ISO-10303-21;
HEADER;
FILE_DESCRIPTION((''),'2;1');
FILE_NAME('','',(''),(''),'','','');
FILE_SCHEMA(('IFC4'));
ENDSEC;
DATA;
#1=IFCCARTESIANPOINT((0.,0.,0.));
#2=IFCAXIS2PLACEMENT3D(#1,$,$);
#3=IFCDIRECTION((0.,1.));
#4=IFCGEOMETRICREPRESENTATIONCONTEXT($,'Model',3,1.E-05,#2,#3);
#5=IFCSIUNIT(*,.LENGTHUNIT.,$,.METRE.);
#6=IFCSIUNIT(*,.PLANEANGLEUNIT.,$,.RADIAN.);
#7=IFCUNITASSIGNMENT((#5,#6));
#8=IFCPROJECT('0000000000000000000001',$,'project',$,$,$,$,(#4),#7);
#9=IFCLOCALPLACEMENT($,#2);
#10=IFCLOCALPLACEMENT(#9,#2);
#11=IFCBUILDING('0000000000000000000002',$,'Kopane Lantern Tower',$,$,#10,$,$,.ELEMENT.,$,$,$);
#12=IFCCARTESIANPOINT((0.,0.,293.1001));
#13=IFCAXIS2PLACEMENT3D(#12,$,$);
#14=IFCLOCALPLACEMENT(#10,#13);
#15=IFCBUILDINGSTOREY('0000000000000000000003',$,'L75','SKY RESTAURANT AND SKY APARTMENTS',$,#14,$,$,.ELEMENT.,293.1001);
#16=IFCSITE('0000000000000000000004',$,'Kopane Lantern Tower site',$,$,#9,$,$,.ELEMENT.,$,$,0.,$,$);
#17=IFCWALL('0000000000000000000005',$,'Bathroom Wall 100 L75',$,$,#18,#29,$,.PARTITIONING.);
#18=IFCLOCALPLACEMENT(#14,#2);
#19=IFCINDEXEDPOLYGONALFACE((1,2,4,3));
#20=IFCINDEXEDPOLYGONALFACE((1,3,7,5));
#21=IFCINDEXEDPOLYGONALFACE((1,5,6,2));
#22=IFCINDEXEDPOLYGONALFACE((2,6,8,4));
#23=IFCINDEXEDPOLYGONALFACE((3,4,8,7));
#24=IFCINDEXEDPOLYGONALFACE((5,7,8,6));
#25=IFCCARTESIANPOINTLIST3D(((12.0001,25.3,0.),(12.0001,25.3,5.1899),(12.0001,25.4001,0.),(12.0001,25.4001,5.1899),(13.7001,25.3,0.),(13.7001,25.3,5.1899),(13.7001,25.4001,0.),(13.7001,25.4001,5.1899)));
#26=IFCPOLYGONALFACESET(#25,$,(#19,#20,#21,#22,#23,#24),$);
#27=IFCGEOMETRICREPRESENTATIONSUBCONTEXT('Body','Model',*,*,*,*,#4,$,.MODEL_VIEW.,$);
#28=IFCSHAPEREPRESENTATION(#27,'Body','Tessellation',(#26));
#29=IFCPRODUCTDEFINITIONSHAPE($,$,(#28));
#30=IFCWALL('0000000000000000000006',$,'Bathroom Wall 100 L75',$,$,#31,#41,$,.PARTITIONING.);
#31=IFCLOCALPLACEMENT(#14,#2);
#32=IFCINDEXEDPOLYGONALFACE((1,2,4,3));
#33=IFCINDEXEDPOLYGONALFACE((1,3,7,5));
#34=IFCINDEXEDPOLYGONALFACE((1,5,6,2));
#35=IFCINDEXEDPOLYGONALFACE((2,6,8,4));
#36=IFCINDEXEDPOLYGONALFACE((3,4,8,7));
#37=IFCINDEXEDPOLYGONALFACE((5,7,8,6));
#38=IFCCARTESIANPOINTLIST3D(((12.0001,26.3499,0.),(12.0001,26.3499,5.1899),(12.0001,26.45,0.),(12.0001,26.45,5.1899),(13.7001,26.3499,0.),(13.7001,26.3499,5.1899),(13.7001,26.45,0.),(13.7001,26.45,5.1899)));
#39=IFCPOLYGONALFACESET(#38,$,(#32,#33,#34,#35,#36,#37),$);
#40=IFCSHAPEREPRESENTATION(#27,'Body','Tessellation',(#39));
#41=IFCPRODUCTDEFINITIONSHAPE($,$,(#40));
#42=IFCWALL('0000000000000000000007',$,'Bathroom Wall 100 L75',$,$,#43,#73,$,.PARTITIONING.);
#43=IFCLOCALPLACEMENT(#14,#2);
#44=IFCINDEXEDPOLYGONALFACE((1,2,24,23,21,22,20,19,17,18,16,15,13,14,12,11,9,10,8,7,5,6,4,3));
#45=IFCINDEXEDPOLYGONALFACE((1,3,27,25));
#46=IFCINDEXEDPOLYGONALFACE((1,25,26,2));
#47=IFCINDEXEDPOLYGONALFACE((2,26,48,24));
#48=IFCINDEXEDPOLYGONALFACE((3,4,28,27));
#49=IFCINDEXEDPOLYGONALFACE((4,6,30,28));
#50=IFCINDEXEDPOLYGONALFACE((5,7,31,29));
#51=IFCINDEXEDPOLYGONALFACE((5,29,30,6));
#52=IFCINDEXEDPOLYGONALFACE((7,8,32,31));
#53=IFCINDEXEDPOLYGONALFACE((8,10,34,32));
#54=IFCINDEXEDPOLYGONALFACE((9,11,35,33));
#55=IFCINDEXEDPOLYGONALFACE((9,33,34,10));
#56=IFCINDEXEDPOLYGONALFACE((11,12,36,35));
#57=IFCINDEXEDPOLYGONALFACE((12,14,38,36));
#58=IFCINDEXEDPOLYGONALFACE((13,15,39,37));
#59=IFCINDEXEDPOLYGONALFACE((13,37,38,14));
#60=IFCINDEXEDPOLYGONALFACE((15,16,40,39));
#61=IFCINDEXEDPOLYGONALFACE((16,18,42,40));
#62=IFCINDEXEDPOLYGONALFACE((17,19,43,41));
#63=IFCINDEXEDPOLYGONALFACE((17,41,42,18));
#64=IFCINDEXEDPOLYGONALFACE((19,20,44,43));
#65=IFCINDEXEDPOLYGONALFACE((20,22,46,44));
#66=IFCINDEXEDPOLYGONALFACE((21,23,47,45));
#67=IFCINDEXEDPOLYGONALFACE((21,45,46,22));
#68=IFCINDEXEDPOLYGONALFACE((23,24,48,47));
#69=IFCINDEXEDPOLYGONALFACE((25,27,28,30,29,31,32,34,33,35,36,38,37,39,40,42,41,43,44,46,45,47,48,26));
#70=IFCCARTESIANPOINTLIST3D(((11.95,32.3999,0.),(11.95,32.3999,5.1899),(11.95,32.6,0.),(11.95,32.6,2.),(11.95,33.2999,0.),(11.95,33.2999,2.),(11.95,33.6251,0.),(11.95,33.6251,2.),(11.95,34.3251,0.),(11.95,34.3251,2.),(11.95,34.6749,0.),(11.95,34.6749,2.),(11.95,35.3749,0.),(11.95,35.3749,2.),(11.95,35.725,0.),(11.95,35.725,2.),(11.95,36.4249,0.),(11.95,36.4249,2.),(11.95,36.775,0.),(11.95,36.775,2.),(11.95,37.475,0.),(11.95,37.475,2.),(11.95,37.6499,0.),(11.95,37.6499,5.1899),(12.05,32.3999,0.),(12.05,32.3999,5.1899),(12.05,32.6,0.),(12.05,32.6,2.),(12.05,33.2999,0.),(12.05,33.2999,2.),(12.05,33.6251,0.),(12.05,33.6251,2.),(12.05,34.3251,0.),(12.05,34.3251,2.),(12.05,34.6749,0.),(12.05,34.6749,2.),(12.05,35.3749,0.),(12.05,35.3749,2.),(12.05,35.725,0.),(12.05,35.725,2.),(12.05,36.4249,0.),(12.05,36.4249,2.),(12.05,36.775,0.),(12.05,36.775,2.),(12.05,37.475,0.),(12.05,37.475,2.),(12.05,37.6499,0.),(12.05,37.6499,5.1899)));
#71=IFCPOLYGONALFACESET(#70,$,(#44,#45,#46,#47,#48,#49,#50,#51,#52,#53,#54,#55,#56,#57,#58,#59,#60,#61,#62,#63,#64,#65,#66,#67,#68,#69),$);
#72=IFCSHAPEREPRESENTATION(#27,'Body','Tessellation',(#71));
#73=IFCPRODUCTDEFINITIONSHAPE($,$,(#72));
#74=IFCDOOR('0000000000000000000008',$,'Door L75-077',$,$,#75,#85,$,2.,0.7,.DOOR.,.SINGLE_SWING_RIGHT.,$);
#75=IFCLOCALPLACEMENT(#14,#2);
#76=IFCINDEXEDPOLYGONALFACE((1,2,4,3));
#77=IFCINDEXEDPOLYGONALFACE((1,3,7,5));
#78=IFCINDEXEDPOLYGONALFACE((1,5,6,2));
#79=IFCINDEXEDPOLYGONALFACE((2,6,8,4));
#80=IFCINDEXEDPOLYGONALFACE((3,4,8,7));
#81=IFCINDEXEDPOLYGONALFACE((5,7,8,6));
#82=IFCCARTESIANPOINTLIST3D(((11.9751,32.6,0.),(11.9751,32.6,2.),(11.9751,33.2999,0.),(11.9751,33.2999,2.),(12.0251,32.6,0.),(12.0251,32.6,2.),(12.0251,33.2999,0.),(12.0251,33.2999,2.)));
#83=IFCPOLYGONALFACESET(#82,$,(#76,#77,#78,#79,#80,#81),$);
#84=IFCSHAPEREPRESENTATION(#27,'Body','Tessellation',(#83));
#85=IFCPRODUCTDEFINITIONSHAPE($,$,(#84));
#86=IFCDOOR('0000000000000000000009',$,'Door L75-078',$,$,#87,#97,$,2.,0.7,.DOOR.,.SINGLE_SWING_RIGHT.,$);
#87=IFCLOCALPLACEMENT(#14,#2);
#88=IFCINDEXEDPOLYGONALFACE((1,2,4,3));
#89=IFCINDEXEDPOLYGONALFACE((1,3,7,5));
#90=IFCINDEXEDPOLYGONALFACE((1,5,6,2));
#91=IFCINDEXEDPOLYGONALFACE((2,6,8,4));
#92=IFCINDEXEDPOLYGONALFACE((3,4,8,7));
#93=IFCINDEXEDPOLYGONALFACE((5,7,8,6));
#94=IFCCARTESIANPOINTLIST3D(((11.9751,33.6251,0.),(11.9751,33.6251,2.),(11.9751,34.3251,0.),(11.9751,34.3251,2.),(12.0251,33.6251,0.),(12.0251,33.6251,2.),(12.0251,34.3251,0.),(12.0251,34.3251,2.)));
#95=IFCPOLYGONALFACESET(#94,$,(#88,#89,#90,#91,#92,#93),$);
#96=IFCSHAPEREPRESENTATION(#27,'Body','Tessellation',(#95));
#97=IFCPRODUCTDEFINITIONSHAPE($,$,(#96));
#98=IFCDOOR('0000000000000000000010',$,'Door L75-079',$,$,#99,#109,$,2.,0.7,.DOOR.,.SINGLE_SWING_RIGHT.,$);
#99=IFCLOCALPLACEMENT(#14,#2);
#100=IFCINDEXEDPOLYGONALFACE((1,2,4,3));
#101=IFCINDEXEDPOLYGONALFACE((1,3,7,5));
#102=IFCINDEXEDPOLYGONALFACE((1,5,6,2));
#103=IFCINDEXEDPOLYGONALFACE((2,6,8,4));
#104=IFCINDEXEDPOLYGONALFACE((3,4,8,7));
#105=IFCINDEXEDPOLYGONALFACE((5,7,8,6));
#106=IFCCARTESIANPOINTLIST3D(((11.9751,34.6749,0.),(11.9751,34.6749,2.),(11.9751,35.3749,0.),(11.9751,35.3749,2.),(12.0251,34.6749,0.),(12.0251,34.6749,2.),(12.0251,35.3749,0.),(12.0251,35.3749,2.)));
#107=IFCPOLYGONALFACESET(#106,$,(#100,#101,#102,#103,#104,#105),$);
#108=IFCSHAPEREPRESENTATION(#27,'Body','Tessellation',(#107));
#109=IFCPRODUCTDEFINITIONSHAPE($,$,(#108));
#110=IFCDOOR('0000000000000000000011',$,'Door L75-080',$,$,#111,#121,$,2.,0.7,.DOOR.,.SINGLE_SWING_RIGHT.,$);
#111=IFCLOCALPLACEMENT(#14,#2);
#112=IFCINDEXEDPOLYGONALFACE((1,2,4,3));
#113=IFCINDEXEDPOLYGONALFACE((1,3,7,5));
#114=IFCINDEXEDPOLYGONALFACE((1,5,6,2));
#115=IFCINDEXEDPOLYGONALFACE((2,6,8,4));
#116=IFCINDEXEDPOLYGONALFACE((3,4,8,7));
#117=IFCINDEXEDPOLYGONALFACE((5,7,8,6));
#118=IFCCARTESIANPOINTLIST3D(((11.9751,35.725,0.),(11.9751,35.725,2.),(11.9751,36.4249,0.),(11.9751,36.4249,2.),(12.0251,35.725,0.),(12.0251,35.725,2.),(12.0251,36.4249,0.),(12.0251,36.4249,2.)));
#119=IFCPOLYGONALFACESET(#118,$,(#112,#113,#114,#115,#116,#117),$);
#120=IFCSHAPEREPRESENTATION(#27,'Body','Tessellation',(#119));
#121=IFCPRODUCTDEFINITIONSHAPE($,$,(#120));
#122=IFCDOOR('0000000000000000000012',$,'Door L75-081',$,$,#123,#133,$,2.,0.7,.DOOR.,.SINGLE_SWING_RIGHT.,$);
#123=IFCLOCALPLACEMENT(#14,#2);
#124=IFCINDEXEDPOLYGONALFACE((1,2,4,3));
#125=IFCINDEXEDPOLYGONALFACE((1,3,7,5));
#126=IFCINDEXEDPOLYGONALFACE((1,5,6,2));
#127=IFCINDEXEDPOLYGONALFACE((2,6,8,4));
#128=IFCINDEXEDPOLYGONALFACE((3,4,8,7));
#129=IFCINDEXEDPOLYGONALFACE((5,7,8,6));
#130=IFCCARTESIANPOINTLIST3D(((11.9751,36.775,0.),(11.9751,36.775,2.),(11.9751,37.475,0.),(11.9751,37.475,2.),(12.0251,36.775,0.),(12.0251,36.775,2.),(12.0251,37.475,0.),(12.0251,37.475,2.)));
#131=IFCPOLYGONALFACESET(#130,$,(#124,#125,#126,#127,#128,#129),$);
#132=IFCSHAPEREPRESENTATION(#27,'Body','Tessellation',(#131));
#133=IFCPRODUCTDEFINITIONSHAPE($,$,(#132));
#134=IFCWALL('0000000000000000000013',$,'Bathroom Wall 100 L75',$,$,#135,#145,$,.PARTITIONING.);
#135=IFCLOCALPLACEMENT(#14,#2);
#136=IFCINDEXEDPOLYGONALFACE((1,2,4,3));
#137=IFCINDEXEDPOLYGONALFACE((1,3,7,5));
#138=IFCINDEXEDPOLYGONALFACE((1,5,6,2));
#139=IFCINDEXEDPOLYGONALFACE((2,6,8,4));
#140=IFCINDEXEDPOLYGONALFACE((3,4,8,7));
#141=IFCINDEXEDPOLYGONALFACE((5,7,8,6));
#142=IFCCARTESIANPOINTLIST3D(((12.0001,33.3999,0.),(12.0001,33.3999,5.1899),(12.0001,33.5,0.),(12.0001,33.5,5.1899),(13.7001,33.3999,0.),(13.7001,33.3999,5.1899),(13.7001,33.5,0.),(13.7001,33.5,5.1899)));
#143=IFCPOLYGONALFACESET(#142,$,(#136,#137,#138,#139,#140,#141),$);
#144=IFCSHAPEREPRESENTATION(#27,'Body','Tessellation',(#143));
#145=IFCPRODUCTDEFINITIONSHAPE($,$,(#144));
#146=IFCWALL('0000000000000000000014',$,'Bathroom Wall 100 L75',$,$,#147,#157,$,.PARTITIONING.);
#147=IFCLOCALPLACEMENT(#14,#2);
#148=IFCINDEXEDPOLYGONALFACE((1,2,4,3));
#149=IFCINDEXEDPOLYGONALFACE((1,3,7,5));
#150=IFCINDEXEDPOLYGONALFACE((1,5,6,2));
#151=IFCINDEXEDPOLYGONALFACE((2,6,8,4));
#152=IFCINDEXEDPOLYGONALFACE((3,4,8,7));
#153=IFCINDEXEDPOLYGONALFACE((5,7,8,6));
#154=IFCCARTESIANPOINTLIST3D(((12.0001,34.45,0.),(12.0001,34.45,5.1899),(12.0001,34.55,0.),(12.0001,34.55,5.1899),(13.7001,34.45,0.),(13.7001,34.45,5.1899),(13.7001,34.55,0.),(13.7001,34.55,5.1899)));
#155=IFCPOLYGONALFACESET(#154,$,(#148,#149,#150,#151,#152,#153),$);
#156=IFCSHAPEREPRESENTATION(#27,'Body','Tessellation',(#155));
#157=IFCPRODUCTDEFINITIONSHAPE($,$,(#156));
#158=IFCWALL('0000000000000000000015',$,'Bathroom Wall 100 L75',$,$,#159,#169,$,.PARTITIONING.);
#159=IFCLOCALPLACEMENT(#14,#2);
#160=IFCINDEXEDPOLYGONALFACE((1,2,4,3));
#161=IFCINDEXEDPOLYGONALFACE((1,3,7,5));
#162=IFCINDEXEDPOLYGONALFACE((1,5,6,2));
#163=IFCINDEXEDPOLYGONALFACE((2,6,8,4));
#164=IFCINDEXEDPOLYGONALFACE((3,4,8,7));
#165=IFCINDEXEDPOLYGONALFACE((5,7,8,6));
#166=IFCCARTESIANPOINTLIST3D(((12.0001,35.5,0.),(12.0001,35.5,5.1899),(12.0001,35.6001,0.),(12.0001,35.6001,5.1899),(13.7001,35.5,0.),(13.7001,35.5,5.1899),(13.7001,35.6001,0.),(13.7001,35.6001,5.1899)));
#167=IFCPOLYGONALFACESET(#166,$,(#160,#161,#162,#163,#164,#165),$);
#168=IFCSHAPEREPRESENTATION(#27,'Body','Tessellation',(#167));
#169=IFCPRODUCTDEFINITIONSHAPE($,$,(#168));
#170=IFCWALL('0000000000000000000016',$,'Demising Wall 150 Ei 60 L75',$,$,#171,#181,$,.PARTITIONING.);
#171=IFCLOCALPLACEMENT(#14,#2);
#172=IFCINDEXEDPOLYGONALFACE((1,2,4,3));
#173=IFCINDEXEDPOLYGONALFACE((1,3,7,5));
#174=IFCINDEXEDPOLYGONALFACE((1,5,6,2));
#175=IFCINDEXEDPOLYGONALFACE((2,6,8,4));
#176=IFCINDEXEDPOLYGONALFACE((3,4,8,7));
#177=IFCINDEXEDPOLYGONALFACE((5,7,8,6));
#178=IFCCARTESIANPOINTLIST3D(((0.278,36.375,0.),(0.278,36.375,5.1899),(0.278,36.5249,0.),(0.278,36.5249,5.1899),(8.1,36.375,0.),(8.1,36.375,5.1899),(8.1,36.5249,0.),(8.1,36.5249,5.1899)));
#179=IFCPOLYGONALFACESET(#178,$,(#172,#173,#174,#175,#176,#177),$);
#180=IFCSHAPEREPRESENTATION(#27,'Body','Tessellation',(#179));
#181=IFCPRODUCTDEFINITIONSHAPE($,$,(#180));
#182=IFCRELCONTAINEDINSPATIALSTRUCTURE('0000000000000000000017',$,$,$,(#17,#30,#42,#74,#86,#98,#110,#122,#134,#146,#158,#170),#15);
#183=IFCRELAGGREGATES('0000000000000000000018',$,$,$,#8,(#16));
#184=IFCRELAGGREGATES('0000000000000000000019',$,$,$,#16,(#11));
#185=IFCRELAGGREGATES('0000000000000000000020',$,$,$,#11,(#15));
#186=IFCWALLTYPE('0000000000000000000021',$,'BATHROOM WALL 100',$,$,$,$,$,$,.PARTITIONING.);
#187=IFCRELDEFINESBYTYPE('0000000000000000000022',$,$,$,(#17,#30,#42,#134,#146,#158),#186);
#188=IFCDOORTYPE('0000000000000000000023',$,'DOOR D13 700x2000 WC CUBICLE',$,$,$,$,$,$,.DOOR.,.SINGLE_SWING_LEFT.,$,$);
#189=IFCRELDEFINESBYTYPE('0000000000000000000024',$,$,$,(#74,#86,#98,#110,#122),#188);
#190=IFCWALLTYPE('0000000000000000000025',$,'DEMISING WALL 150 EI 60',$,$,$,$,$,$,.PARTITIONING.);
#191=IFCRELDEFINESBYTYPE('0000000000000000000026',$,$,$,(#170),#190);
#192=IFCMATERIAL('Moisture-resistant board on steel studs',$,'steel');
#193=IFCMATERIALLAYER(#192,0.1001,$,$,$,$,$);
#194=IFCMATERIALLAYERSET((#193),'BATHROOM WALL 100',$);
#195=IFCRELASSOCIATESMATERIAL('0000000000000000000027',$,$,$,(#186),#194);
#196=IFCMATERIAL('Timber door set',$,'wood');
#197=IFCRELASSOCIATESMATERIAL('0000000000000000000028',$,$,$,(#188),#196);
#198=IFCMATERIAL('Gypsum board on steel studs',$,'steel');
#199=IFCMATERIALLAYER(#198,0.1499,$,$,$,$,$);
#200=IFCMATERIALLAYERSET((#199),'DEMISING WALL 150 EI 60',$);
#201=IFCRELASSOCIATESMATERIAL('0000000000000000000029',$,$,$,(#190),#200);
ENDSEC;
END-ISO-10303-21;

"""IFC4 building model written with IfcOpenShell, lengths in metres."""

from ifc_helpers import new_model, si_unit, direction, frame, frame_2d, origin, place, context, subcontext, project, spatial, rectangle, extrude, material, layer, layer_set, type_object, element, fill, save


model = new_model("IFC4")

# Units and contexts
model_context = context("Model", 3, precision=1e-05, world=origin(), true_north=direction((0.0, 1.0)))
body_context = subcontext(model_context, "Body", "Model", "MODEL_VIEW")
ifc_project = project(units=[si_unit("LENGTHUNIT", "METRE"), si_unit("PLANEANGLEUNIT", "RADIAN")], contexts=[model_context])

# Site, building, storey
site_placement = place(None, origin())
site = spatial("IfcSite", under=ifc_project, at=site_placement, Name="Kopane Lantern Tower site", CompositionType="ELEMENT", RefElevation=0.0)
building_placement = place(site_placement, origin())
building = spatial("IfcBuilding", under=site, at=building_placement, Name="Kopane Lantern Tower", CompositionType="ELEMENT")
storey_placement = place(building_placement, frame((0.0, 0.0, 293.1001)))
storey = spatial("IfcBuildingStorey", under=building, at=storey_placement, Name="L75", Description="SKY RESTAURANT AND SKY APARTMENTS", CompositionType="ELEMENT", Elevation=293.1001)

# Shared definitions
ifc_material_1 = material(Name="Moisture-resistant board on steel studs", Category="steel")
ifc_layer_1 = layer(ifc_material_1, 0.1001)
ifc_layer_set_1 = layer_set([ifc_layer_1], Name="BATHROOM WALL 100")
wall_type_1 = type_object("IfcWallType", Name="BATHROOM WALL 100", PredefinedType="PARTITIONING", material=ifc_layer_set_1)

# Walls
for number, where, z_axis, x_axis, name in (
    (1, (12.0, 25.3501, 0.0), (0.0, 0.0, 1.0), (1.0, 0.0, 0.0), "Bathroom Wall 100 L75"),
    (2, (12.0, 26.3999, 0.0), (0.0, 0.0, 1.0), (1.0, 0.0, 0.0), "Bathroom Wall 100 L75"),
):
    element("IfcWall", number, at=place(storey_placement, frame(where, z_axis=z_axis, x_axis=x_axis)), inside=storey, type_object=wall_type_1, Name=name, PredefinedType="PARTITIONING", context=body_context, shape_type="SweptSolid", body=[
        extrude(rectangle(XDim=1.7, YDim=0.1001, at=frame_2d((0.8501, 0.0))), origin(), (0.0, 0.0, 1.0), 5.1899),
    ])

# Wall, openings, doors
wall_1_placement = place(storey_placement, frame((12.0, 32.3999, 0.0), z_axis=(0.0, 0.0, 1.0), x_axis=(0.0, 1.0, 0.0)))
wall_1 = element("IfcWall", 3, at=wall_1_placement, inside=storey, type_object=wall_type_1, Name="Bathroom Wall 100 L75", PredefinedType="PARTITIONING", context=body_context, shape_type="SweptSolid", body=[
    extrude(rectangle(XDim=5.25, YDim=0.1001, at=frame_2d((2.625, 0.0))), origin(), (0.0, 0.0, 1.0), 5.1899),
])
opening_1_placement = place(wall_1_placement, frame((0.2, 0.0, 0.0)))
opening_1 = element("IfcOpeningElement", 4, at=opening_1_placement, cuts=wall_1, PredefinedType="OPENING", context=body_context, shape_type="SweptSolid", body=[
    extrude(rectangle(XDim=0.7, YDim=2.0, at=frame_2d((0.3501, 1.0))), frame((0.0, 0.0601, 0.0), z_axis=(0.0, -1.0, 0.0), x_axis=(1.0, 0.0, 0.0)), (0.0, 0.0, 1.0), 0.1201),
])
opening_2_placement = place(wall_1_placement, frame((1.2251, 0.0, 0.0)))
opening_2 = element("IfcOpeningElement", 5, at=opening_2_placement, cuts=wall_1, PredefinedType="OPENING", context=body_context, shape_type="SweptSolid", body=[
    extrude(rectangle(XDim=0.7, YDim=2.0, at=frame_2d((0.3501, 1.0))), frame((0.0, 0.0601, 0.0), z_axis=(0.0, -1.0, 0.0), x_axis=(1.0, 0.0, 0.0)), (0.0, 0.0, 1.0), 0.1201),
])
opening_3_placement = place(wall_1_placement, frame((2.2749, 0.0, 0.0)))
opening_3 = element("IfcOpeningElement", 6, at=opening_3_placement, cuts=wall_1, PredefinedType="OPENING", context=body_context, shape_type="SweptSolid", body=[
    extrude(rectangle(XDim=0.7, YDim=2.0, at=frame_2d((0.3501, 1.0))), frame((0.0, 0.0601, 0.0), z_axis=(0.0, -1.0, 0.0), x_axis=(1.0, 0.0, 0.0)), (0.0, 0.0, 1.0), 0.1201),
])
opening_4_placement = place(wall_1_placement, frame((3.325, 0.0, 0.0)))
opening_4 = element("IfcOpeningElement", 7, at=opening_4_placement, cuts=wall_1, PredefinedType="OPENING", context=body_context, shape_type="SweptSolid", body=[
    extrude(rectangle(XDim=0.7, YDim=2.0, at=frame_2d((0.3501, 1.0))), frame((0.0, 0.0601, 0.0), z_axis=(0.0, -1.0, 0.0), x_axis=(1.0, 0.0, 0.0)), (0.0, 0.0, 1.0), 0.1201),
])
opening_5_placement = place(wall_1_placement, frame((4.375, 0.0, 0.0)))
opening_5 = element("IfcOpeningElement", 8, at=opening_5_placement, cuts=wall_1, PredefinedType="OPENING", context=body_context, shape_type="SweptSolid", body=[
    extrude(rectangle(XDim=0.7, YDim=2.0, at=frame_2d((0.3501, 1.0))), frame((0.0, 0.0601, 0.0), z_axis=(0.0, -1.0, 0.0), x_axis=(1.0, 0.0, 0.0)), (0.0, 0.0, 1.0), 0.1201),
])
ifc_material_2 = material(Name="Timber door set", Category="wood")
door_type_1 = type_object("IfcDoorType", Name="DOOR D13 700x2000 WC CUBICLE", OperationType="SINGLE_SWING_LEFT", PredefinedType="DOOR", material=ifc_material_2)
door_1_placement = place(opening_1_placement, origin())
door_1 = element("IfcDoor", 9, at=door_1_placement, inside=storey, type_object=door_type_1, Name="Door L75-077", OperationType="SINGLE_SWING_RIGHT", OverallHeight=2.0, OverallWidth=0.7, PredefinedType="DOOR", context=body_context, shape_type="SweptSolid", body=[
    extrude(rectangle(XDim=0.7, YDim=2.0, at=frame_2d((0.3501, 1.0))), frame((0.0, 0.0249, 0.0), z_axis=(0.0, -1.0, 0.0), x_axis=(1.0, 0.0, 0.0)), (0.0, 0.0, 1.0), 0.05),
])
fill(opening_1, door_1)
door_2_placement = place(opening_2_placement, origin())
door_2 = element("IfcDoor", 10, at=door_2_placement, inside=storey, type_object=door_type_1, Name="Door L75-078", OperationType="SINGLE_SWING_RIGHT", OverallHeight=2.0, OverallWidth=0.7, PredefinedType="DOOR", context=body_context, shape_type="SweptSolid", body=[
    extrude(rectangle(XDim=0.7, YDim=2.0, at=frame_2d((0.3501, 1.0))), frame((0.0, 0.0249, 0.0), z_axis=(0.0, -1.0, 0.0), x_axis=(1.0, 0.0, 0.0)), (0.0, 0.0, 1.0), 0.05),
])
fill(opening_2, door_2)
door_3_placement = place(opening_3_placement, origin())
door_3 = element("IfcDoor", 11, at=door_3_placement, inside=storey, type_object=door_type_1, Name="Door L75-079", OperationType="SINGLE_SWING_RIGHT", OverallHeight=2.0, OverallWidth=0.7, PredefinedType="DOOR", context=body_context, shape_type="SweptSolid", body=[
    extrude(rectangle(XDim=0.7, YDim=2.0, at=frame_2d((0.3501, 1.0))), frame((0.0, 0.0249, 0.0), z_axis=(0.0, -1.0, 0.0), x_axis=(1.0, 0.0, 0.0)), (0.0, 0.0, 1.0), 0.05),
])
fill(opening_3, door_3)
door_4_placement = place(opening_4_placement, origin())
door_4 = element("IfcDoor", 12, at=door_4_placement, inside=storey, type_object=door_type_1, Name="Door L75-080", OperationType="SINGLE_SWING_RIGHT", OverallHeight=2.0, OverallWidth=0.7, PredefinedType="DOOR", context=body_context, shape_type="SweptSolid", body=[
    extrude(rectangle(XDim=0.7, YDim=2.0, at=frame_2d((0.3501, 1.0))), frame((0.0, 0.0249, 0.0), z_axis=(0.0, -1.0, 0.0), x_axis=(1.0, 0.0, 0.0)), (0.0, 0.0, 1.0), 0.05),
])
fill(opening_4, door_4)
door_5_placement = place(opening_5_placement, origin())
door_5 = element("IfcDoor", 13, at=door_5_placement, inside=storey, type_object=door_type_1, Name="Door L75-081", OperationType="SINGLE_SWING_RIGHT", OverallHeight=2.0, OverallWidth=0.7, PredefinedType="DOOR", context=body_context, shape_type="SweptSolid", body=[
    extrude(rectangle(XDim=0.7, YDim=2.0, at=frame_2d((0.3501, 1.0))), frame((0.0, 0.0249, 0.0), z_axis=(0.0, -1.0, 0.0), x_axis=(1.0, 0.0, 0.0)), (0.0, 0.0, 1.0), 0.05),
])
fill(opening_5, door_5)

# Walls
for number, where, z_axis, x_axis, name in (
    (14, (12.0, 33.45, 0.0), (0.0, 0.0, 1.0), (1.0, 0.0, 0.0), "Bathroom Wall 100 L75"),
    (15, (12.0, 34.5, 0.0), (0.0, 0.0, 1.0), (1.0, 0.0, 0.0), "Bathroom Wall 100 L75"),
    (16, (12.0, 35.55, 0.0), (0.0, 0.0, 1.0), (1.0, 0.0, 0.0), "Bathroom Wall 100 L75"),
):
    element("IfcWall", number, at=place(storey_placement, frame(where, z_axis=z_axis, x_axis=x_axis)), inside=storey, type_object=wall_type_1, Name=name, PredefinedType="PARTITIONING", context=body_context, shape_type="SweptSolid", body=[
        extrude(rectangle(XDim=1.7, YDim=0.1001, at=frame_2d((0.8501, 0.0))), origin(), (0.0, 0.0, 1.0), 5.1899),
    ])
ifc_material_3 = material(Name="Gypsum board on steel studs", Category="steel")
ifc_layer_2 = layer(ifc_material_3, 0.1499)
ifc_layer_set_2 = layer_set([ifc_layer_2], Name="DEMISING WALL 150 EI 60")
wall_type_2 = type_object("IfcWallType", Name="DEMISING WALL 150 EI 60", PredefinedType="PARTITIONING", material=ifc_layer_set_2)
wall_2_placement = place(storey_placement, frame((8.1001, 36.45, 0.0), z_axis=(0.0, 0.0, 1.0), x_axis=(-1.0, 0.0, 0.0)))
element("IfcWall", 17, at=wall_2_placement, inside=storey, type_object=wall_type_2, Name="Demising Wall 150 Ei 60 L75", PredefinedType="PARTITIONING", context=body_context, shape_type="SweptSolid", body=[
    extrude(rectangle(XDim=7.822, YDim=0.1499, at=frame_2d((3.9111, 0.0))), origin(), (0.0, 0.0, 1.0), 5.1899),
])

save(model, "model.ifc")
